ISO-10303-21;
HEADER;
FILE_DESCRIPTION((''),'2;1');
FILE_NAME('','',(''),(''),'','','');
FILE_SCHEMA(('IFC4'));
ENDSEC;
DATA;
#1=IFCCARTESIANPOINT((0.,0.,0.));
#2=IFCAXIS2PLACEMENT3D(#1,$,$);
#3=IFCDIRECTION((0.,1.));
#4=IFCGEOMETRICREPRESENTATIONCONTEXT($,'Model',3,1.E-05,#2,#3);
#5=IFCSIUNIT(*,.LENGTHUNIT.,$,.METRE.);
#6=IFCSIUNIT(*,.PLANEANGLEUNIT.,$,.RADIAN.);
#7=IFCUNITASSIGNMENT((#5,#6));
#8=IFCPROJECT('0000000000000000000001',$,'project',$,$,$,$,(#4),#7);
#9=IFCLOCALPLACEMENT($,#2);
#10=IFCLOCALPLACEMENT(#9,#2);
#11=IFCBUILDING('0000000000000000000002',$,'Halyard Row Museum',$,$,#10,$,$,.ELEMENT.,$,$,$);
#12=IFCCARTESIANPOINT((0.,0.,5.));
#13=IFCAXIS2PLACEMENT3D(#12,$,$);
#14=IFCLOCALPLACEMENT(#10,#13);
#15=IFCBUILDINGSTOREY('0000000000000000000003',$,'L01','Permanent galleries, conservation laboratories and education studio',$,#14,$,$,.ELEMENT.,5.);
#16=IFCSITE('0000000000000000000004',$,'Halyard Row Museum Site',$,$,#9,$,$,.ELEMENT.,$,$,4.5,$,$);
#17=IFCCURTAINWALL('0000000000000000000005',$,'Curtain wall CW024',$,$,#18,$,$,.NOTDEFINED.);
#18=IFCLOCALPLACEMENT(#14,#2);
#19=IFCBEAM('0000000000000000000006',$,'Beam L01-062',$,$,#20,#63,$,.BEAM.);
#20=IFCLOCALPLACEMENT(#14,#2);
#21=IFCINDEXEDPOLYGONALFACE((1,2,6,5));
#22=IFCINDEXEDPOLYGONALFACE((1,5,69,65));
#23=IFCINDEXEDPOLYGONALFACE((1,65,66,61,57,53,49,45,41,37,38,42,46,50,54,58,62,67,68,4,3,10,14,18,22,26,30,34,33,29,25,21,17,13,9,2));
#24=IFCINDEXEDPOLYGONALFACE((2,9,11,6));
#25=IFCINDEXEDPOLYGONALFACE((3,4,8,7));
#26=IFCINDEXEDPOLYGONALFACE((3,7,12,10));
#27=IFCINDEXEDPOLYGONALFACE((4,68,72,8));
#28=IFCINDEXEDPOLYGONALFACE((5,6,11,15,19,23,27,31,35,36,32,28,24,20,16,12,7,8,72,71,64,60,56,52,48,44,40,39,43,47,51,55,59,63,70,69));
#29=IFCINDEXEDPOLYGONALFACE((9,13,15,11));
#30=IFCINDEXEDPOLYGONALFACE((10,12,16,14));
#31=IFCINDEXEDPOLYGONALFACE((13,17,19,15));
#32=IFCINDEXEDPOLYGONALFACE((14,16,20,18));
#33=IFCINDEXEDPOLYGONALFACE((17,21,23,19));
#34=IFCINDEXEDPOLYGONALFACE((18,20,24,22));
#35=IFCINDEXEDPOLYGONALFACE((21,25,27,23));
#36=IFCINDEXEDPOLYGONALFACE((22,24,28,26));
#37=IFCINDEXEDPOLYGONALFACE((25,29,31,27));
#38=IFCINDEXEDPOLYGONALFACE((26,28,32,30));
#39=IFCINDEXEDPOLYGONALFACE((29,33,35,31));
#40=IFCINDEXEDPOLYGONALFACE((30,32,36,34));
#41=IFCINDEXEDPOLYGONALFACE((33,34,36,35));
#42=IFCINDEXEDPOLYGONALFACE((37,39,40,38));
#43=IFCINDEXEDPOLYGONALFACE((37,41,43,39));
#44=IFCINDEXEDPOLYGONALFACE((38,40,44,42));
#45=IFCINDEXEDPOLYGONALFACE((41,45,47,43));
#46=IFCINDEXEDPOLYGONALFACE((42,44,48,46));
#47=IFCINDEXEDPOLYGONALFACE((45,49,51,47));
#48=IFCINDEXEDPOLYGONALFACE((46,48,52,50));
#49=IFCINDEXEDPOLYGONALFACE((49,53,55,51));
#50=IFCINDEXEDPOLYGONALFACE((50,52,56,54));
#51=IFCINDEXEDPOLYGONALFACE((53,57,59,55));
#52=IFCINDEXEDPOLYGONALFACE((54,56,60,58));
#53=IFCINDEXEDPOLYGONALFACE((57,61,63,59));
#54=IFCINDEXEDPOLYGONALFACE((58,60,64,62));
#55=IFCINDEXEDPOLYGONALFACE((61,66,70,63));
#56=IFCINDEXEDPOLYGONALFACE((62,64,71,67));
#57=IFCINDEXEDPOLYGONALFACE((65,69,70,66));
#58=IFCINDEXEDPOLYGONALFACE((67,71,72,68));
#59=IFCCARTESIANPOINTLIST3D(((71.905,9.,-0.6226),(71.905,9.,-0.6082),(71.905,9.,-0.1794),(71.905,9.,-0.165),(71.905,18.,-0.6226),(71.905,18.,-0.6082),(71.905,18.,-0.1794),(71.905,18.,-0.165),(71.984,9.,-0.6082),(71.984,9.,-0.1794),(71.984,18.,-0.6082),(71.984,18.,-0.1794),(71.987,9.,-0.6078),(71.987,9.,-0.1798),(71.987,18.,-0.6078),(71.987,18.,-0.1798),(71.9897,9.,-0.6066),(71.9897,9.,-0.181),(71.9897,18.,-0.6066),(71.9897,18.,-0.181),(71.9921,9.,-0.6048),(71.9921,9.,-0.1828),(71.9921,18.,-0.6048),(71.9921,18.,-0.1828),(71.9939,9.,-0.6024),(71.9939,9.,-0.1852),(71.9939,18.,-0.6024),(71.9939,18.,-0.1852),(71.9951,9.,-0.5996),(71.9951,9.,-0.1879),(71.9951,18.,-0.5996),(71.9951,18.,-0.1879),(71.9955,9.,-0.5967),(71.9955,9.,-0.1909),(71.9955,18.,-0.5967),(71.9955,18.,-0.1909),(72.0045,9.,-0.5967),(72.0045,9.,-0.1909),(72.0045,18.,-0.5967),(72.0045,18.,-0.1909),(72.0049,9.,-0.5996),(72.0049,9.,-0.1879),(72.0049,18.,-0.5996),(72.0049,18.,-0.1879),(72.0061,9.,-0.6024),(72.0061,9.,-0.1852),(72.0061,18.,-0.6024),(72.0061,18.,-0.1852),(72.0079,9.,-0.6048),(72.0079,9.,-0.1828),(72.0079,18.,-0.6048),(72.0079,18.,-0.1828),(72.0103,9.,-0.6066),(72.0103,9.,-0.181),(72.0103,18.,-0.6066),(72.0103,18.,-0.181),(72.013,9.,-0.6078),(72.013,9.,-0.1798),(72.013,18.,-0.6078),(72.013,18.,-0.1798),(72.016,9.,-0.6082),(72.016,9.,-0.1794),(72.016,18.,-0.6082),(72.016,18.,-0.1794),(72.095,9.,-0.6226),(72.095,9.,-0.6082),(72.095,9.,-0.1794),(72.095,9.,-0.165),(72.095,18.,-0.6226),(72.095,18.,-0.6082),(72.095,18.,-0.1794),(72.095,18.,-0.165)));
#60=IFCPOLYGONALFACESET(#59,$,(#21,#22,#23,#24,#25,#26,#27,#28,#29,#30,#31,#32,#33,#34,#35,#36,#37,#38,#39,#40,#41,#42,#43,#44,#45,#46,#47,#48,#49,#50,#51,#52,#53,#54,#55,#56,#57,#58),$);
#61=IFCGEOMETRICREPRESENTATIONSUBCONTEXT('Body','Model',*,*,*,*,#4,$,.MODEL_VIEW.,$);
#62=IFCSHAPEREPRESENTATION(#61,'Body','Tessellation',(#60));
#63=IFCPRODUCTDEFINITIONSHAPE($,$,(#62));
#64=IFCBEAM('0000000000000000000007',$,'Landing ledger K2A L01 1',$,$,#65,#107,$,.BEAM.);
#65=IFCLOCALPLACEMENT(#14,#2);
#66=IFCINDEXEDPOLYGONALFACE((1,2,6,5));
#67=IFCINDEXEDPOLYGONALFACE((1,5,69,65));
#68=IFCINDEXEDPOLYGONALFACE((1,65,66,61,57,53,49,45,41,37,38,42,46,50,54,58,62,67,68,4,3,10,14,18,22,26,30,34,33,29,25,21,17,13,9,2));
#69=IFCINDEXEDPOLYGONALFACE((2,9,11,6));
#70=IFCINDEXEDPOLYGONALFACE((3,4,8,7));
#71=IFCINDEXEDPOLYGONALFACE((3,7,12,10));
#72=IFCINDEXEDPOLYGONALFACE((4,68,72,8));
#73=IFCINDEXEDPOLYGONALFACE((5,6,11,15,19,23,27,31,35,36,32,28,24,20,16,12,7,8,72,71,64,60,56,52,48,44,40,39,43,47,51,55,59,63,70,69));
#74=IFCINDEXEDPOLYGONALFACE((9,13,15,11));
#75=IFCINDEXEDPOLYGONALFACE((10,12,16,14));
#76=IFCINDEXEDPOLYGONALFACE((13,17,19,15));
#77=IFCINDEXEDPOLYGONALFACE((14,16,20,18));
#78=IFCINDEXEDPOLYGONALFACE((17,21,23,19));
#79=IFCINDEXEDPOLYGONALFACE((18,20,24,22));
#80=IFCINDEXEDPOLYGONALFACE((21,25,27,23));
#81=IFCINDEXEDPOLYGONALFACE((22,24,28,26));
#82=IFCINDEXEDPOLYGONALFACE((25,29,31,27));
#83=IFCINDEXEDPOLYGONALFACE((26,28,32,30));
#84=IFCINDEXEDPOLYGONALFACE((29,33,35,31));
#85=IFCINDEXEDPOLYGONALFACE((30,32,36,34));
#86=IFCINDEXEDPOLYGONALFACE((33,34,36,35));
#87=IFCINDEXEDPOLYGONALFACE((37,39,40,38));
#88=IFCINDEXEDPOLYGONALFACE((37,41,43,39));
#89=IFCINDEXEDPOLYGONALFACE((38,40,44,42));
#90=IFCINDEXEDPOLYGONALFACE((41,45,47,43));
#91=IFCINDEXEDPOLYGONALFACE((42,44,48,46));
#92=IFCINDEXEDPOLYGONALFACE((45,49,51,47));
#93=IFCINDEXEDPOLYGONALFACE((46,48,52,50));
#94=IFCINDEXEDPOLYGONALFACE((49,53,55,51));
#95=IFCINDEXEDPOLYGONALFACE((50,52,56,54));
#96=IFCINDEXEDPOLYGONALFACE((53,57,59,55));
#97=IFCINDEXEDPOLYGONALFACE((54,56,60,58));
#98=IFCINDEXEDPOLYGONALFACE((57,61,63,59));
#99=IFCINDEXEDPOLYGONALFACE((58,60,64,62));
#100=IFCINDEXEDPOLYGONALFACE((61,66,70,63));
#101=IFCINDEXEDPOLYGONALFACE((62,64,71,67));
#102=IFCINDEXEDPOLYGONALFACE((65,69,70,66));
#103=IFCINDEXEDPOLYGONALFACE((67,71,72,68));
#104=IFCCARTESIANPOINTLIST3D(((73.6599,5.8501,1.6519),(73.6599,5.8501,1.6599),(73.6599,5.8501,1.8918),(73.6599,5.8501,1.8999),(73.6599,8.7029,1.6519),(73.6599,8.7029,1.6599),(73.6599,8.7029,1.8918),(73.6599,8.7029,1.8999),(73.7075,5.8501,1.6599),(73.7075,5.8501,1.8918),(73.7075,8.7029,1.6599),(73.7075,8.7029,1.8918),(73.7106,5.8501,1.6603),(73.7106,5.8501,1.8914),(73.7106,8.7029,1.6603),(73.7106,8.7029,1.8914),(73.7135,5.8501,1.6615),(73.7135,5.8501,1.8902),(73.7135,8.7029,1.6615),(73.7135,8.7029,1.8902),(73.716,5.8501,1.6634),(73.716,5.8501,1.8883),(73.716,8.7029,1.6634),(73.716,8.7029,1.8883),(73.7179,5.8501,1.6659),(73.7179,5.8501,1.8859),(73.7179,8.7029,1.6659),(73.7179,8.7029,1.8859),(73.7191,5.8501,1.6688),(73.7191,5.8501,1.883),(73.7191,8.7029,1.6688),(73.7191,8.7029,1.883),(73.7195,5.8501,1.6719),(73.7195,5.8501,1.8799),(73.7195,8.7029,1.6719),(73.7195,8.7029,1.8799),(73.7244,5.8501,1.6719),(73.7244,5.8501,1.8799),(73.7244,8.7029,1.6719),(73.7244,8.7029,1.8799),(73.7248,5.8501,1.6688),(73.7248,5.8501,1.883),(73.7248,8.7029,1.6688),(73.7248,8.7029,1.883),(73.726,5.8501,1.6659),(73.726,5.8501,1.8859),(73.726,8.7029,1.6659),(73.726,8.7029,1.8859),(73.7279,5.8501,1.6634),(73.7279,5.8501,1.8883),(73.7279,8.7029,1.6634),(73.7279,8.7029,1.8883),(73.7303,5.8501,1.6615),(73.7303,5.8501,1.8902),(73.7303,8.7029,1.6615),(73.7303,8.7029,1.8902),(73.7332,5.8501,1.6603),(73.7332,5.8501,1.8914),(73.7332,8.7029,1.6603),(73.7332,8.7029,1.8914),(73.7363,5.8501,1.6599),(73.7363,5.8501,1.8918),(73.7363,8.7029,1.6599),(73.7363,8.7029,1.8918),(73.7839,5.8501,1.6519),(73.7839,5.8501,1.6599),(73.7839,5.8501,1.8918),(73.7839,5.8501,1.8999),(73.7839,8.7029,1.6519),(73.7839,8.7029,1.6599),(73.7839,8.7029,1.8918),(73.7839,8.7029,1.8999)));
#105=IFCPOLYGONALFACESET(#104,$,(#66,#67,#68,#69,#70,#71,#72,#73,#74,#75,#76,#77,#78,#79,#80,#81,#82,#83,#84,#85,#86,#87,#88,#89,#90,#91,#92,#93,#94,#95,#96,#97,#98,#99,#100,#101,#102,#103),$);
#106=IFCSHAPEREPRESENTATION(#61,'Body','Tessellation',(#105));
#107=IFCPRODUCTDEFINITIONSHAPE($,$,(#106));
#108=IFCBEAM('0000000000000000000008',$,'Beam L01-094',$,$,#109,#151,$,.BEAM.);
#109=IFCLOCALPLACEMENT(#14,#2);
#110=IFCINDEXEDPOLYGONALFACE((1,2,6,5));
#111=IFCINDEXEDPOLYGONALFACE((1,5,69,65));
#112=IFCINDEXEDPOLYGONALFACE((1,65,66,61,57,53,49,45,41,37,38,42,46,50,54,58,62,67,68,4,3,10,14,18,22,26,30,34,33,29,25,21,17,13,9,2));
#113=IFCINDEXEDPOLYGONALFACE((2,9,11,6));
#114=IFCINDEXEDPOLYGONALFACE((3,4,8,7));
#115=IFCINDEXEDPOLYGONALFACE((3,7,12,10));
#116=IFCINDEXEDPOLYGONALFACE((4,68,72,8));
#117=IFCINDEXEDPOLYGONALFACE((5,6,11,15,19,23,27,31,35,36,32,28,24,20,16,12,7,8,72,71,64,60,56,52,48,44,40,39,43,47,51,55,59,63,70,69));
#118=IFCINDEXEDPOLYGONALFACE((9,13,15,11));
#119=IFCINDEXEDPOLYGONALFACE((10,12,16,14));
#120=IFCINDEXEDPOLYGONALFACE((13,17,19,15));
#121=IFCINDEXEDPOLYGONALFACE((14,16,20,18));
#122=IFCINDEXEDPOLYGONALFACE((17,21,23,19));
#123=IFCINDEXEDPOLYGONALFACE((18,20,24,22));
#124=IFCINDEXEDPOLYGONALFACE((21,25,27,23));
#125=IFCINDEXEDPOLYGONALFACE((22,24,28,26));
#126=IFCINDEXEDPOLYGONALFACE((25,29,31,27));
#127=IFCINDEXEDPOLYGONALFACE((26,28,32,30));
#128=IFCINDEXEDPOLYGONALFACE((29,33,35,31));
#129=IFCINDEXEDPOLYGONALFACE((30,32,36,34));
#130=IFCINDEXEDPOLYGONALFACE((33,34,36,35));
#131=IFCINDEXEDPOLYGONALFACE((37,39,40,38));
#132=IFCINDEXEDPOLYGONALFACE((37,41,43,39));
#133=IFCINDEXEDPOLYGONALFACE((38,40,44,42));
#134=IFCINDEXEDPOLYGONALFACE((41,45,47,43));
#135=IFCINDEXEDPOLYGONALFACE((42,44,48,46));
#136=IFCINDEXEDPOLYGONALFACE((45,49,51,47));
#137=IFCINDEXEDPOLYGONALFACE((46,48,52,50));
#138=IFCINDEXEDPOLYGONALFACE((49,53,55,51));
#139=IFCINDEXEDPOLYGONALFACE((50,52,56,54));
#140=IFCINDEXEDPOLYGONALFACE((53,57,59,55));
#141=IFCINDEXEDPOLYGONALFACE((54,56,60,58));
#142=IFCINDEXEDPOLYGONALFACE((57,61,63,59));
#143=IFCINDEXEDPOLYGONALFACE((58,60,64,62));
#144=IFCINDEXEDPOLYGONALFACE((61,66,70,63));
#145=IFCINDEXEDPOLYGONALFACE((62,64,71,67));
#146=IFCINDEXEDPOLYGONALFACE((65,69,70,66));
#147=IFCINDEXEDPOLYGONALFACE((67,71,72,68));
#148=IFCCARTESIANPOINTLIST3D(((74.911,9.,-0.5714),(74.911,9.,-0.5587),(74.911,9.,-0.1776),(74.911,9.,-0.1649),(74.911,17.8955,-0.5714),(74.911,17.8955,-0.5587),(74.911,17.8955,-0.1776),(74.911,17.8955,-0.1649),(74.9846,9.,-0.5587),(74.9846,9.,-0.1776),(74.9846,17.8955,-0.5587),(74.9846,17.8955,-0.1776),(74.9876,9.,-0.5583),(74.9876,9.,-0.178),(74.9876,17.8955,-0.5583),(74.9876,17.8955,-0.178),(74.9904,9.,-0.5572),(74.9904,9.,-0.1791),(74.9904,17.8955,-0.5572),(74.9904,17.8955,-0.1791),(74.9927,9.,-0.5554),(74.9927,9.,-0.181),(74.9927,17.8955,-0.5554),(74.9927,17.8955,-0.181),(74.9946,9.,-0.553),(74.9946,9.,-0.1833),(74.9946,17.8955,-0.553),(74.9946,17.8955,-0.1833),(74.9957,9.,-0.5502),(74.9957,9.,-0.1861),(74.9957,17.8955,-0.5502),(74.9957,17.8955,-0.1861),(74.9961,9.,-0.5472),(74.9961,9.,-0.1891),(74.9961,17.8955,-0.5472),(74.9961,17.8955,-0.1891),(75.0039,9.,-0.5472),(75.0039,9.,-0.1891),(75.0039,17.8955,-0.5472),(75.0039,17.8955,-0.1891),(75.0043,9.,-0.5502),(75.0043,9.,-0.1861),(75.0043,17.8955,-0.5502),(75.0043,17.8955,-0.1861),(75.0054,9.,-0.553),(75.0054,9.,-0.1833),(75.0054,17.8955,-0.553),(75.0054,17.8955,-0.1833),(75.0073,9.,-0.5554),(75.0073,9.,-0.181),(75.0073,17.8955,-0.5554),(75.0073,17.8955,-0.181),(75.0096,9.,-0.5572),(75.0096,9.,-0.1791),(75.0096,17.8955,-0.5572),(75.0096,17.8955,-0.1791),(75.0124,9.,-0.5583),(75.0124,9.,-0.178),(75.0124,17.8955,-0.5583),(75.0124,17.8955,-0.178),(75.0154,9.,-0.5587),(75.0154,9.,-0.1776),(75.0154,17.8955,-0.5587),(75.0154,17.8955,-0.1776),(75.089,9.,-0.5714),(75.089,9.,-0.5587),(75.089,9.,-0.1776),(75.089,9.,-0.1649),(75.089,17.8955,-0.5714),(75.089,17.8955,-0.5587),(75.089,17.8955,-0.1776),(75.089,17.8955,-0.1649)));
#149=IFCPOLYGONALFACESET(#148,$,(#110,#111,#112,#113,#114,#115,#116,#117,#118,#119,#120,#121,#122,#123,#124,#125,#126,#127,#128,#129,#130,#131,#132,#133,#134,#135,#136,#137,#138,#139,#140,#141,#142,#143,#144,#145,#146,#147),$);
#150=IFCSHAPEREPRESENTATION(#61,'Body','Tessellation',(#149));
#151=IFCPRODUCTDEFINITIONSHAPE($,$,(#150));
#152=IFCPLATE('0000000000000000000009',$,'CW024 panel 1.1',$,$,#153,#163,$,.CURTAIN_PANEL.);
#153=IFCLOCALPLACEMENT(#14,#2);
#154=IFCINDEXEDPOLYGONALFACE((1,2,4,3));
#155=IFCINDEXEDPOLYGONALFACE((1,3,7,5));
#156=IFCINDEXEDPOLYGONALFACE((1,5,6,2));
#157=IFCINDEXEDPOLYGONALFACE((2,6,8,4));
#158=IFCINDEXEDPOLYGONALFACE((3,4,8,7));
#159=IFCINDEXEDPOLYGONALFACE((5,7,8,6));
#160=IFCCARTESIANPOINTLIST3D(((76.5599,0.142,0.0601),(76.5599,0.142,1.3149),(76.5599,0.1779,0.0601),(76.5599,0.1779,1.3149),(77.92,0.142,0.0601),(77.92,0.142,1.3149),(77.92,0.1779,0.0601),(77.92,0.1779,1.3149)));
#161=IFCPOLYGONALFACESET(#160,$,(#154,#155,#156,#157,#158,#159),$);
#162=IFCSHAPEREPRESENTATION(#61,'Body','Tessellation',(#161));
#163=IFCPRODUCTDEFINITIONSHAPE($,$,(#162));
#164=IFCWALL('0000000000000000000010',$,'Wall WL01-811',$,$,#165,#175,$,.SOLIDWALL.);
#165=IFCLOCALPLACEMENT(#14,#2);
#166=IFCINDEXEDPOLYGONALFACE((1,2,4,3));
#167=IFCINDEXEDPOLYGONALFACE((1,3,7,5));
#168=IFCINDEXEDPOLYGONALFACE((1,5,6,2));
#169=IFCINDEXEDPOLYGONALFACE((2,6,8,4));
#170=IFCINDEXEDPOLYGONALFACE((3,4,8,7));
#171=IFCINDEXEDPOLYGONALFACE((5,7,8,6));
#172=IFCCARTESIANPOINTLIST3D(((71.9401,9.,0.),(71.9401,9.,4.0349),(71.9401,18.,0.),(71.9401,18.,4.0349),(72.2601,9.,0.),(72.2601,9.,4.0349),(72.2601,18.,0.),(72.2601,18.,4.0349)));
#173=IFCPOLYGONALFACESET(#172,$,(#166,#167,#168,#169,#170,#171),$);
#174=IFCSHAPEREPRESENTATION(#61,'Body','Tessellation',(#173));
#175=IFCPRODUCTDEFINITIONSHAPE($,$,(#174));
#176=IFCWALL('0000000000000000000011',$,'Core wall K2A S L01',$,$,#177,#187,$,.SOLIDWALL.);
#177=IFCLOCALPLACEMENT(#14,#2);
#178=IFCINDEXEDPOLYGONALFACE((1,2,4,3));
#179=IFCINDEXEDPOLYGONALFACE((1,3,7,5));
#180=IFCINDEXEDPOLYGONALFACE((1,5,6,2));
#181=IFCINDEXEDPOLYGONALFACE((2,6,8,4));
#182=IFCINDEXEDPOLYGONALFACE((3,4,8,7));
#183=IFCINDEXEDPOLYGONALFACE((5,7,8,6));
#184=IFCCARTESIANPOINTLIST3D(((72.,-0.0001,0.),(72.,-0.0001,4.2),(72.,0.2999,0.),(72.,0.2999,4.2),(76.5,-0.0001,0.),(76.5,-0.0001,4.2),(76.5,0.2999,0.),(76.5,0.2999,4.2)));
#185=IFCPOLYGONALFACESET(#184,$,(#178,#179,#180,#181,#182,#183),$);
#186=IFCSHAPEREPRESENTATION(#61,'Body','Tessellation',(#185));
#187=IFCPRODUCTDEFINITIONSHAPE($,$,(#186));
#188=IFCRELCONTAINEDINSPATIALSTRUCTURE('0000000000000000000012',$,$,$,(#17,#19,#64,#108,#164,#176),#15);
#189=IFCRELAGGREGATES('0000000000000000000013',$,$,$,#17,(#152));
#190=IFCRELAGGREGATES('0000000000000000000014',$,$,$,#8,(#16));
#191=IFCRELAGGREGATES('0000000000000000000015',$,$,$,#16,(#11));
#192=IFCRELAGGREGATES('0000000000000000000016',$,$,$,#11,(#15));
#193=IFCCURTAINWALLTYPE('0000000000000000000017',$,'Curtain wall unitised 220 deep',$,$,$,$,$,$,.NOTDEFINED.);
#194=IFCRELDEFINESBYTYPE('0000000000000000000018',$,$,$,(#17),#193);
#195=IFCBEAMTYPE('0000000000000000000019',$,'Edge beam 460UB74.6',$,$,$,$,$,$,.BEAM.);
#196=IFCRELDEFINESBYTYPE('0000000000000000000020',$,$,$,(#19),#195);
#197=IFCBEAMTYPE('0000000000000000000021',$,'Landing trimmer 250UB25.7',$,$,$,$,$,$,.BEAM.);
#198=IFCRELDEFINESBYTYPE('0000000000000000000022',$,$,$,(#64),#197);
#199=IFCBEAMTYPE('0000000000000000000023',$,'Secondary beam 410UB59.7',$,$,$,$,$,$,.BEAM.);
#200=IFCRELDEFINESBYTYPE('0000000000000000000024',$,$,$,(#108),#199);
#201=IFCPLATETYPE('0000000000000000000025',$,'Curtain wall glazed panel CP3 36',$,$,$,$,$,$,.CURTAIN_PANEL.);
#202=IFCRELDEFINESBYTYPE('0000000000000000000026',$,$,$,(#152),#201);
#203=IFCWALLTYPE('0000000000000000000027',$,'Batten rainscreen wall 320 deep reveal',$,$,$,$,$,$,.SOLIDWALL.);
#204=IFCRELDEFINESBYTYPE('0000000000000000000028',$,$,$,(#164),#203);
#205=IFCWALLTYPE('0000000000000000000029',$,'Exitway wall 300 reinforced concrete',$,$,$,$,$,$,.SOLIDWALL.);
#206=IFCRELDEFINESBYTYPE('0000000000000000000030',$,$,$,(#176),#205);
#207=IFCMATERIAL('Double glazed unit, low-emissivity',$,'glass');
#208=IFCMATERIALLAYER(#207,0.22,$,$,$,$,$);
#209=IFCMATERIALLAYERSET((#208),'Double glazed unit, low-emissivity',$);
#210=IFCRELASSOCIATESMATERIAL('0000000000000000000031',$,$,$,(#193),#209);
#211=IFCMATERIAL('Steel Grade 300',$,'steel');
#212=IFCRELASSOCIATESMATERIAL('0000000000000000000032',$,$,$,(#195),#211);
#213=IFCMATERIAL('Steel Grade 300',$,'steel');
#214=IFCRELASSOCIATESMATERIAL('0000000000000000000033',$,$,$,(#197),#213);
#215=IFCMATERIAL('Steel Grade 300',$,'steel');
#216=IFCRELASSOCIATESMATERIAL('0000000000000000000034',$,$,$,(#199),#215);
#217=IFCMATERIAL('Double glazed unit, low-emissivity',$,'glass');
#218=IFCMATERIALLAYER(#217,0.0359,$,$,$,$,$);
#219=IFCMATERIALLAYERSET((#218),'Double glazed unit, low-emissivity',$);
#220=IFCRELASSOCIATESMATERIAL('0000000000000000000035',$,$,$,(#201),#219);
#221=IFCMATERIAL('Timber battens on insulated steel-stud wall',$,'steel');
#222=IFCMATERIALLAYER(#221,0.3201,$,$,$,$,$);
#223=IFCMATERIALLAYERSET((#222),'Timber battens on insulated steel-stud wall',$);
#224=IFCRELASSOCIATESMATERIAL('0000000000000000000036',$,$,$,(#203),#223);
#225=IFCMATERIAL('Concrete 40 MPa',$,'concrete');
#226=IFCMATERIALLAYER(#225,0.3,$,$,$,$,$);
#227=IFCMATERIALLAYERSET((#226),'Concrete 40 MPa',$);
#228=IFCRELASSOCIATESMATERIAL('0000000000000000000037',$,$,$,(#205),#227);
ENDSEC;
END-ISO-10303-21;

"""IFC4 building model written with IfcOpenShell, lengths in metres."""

from ifc_helpers import new_model, si_unit, direction, frame, frame_2d, origin, origin_2d, place, context, subcontext, project, spatial, rectangle, i_section, extrude, material, layer, layer_set, material_profile, profile_set, type_object, element, aggregate, save


model = new_model("IFC4")

# Units and contexts
model_context = context("Model", 3, precision=1e-05, world=origin(), true_north=direction((0.0, 1.0)))
body_context = subcontext(model_context, "Body", "Model", "MODEL_VIEW")
ifc_project = project(units=[si_unit("LENGTHUNIT", "METRE"), si_unit("PLANEANGLEUNIT", "RADIAN")], contexts=[model_context])

# Site, building, storey
site_placement = place(None, origin())
site = spatial("IfcSite", under=ifc_project, at=site_placement, Name="Halyard Row Museum Site", CompositionType="ELEMENT", RefElevation=4.5)
building_placement = place(site_placement, origin())
building = spatial("IfcBuilding", under=site, at=building_placement, Name="Halyard Row Museum", CompositionType="ELEMENT")
storey_placement = place(building_placement, frame((0.0, 0.0, 5.0)))
storey = spatial("IfcBuildingStorey", under=building, at=storey_placement, Name="L01", Description="Permanent galleries, conservation laboratories and education studio", CompositionType="ELEMENT", Elevation=5.0)

# Curtain wall
ifc_material_1 = material(Name="Double glazed unit, low-emissivity", Category="glass")
ifc_layer_1 = layer(ifc_material_1, 0.22)
ifc_layer_set_1 = layer_set([ifc_layer_1], Name="Double glazed unit, low-emissivity")
curtain_wall_type = type_object("IfcCurtainWallType", Name="Curtain wall unitised 220 deep", PredefinedType="NOTDEFINED", material=ifc_layer_set_1)
curtain_wall_placement = place(storey_placement, origin())
curtain_wall = element("IfcCurtainWall", 1, at=curtain_wall_placement, inside=storey, type_object=curtain_wall_type, Name="Curtain wall CW024", PredefinedType="NOTDEFINED")

# Beams
ifc_material_2 = material(Name="Steel Grade 300", Category="steel")
ifc_material_profile_1 = material_profile(ifc_material_2, i_section(OverallWidth=0.1899, OverallDepth=0.4575, WebThickness=0.009, FlangeThickness=0.0144, FilletRadius=0.0115, at=origin_2d()), Name="460UB74.6")
ifc_profile_set_1 = profile_set([ifc_material_profile_1], Name="Steel Grade 300")
beam_type_1 = type_object("IfcBeamType", Name="Edge beam 460UB74.6", PredefinedType="BEAM", material=ifc_profile_set_1)
beam_1_placement = place(storey_placement, frame((72.0, 9.0, -0.3938), z_axis=(0.0, 1.0, 0.0), x_axis=(-1.0, 0.0, 0.0)))
element("IfcBeam", 2, at=beam_1_placement, inside=storey, type_object=beam_type_1, Name="Beam L01-062", PredefinedType="BEAM", context=body_context, shape_type="SweptSolid", body=[
    extrude(i_section(OverallWidth=0.1899, OverallDepth=0.4575, WebThickness=0.009, FlangeThickness=0.0144, FilletRadius=0.0115, at=origin_2d()), origin(), (0.0, 0.0, 1.0), 9.0),
])
ifc_material_3 = material(Name="Steel Grade 300", Category="steel")
ifc_material_profile_2 = material_profile(ifc_material_3, i_section(OverallWidth=0.124, OverallDepth=0.248, WebThickness=0.0049, FlangeThickness=0.0081, FilletRadius=0.012, at=origin_2d()), Name="250UB25.7")
ifc_profile_set_2 = profile_set([ifc_material_profile_2], Name="Steel Grade 300")
beam_type_2 = type_object("IfcBeamType", Name="Landing trimmer 250UB25.7", PredefinedType="BEAM", material=ifc_profile_set_2)
beam_2_placement = place(storey_placement, frame((73.7219, 8.7029, 1.7759), z_axis=(0.0, -1.0, 0.0), x_axis=(1.0, 0.0, 0.0)))
element("IfcBeam", 3, at=beam_2_placement, inside=storey, type_object=beam_type_2, Name="Landing ledger K2A L01 1", PredefinedType="BEAM", context=body_context, shape_type="SweptSolid", body=[
    extrude(i_section(OverallWidth=0.124, OverallDepth=0.248, WebThickness=0.0049, FlangeThickness=0.0081, FilletRadius=0.012, at=origin_2d()), origin(), (0.0, 0.0, 1.0), 2.8528),
])
ifc_material_4 = material(Name="Steel Grade 300", Category="steel")
ifc_material_profile_3 = material_profile(ifc_material_4, i_section(OverallWidth=0.178, OverallDepth=0.4065, WebThickness=0.0078, FlangeThickness=0.0127, FilletRadius=0.0115, at=origin_2d()), Name="410UB59.7")
ifc_profile_set_3 = profile_set([ifc_material_profile_3], Name="Steel Grade 300")
beam_type_3 = type_object("IfcBeamType", Name="Secondary beam 410UB59.7", PredefinedType="BEAM", material=ifc_profile_set_3)
beam_3_placement = place(storey_placement, frame((75.0, 9.0, -0.3682), z_axis=(0.0, 1.0, 0.0), x_axis=(-1.0, 0.0, 0.0)))
element("IfcBeam", 4, at=beam_3_placement, inside=storey, type_object=beam_type_3, Name="Beam L01-094", PredefinedType="BEAM", context=body_context, shape_type="SweptSolid", body=[
    extrude(i_section(OverallWidth=0.178, OverallDepth=0.4065, WebThickness=0.0078, FlangeThickness=0.0127, FilletRadius=0.0115, at=origin_2d()), origin(), (0.0, 0.0, 1.0), 8.8955),
])

# Plate
ifc_material_5 = material(Name="Double glazed unit, low-emissivity", Category="glass")
ifc_layer_2 = layer(ifc_material_5, 0.0359)
ifc_layer_set_2 = layer_set([ifc_layer_2], Name="Double glazed unit, low-emissivity")
plate_type = type_object("IfcPlateType", Name="Curtain wall glazed panel CP3 36", PredefinedType="CURTAIN_PANEL", material=ifc_layer_set_2)
plate_placement = place(storey_placement, frame((77.24, 0.1599, 0.0601), z_axis=(0.0, 0.0, 1.0), x_axis=(1.0, 0.0, 0.0)))
plate = element("IfcPlate", 5, at=plate_placement, type_object=plate_type, Name="CW024 panel 1.1", PredefinedType="CURTAIN_PANEL", context=body_context, shape_type="SweptSolid", body=[
    extrude(rectangle(XDim=1.3601, YDim=0.0359, at=origin_2d()), origin(), (0.0, 0.0, 1.0), 1.2549),
])
aggregate(curtain_wall, [plate])

# Walls
ifc_material_6 = material(Name="Timber battens on insulated steel-stud wall", Category="steel")
ifc_layer_3 = layer(ifc_material_6, 0.3201)
ifc_layer_set_3 = layer_set([ifc_layer_3], Name="Timber battens on insulated steel-stud wall")
wall_type_1 = type_object("IfcWallType", Name="Batten rainscreen wall 320 deep reveal", PredefinedType="SOLIDWALL", material=ifc_layer_set_3)
wall_1_placement = place(storey_placement, frame((72.1001, 9.0, 0.0), z_axis=(0.0, 0.0, 1.0), x_axis=(0.0, 1.0, 0.0)))
element("IfcWall", 6, at=wall_1_placement, inside=storey, type_object=wall_type_1, Name="Wall WL01-811", PredefinedType="SOLIDWALL", context=body_context, shape_type="SweptSolid", body=[
    extrude(rectangle(XDim=9.0, YDim=0.3201, at=frame_2d((4.5, 0.0))), origin(), (0.0, 0.0, 1.0), 4.0349),
])
ifc_material_7 = material(Name="Concrete 40 MPa", Category="concrete")
ifc_layer_4 = layer(ifc_material_7, 0.3)
ifc_layer_set_4 = layer_set([ifc_layer_4], Name="Concrete 40 MPa")
wall_type_2 = type_object("IfcWallType", Name="Exitway wall 300 reinforced concrete", PredefinedType="SOLIDWALL", material=ifc_layer_set_4)
wall_2_placement = place(storey_placement, frame((72.0, 0.1499, 0.0), z_axis=(0.0, 0.0, 1.0), x_axis=(1.0, 0.0, 0.0)))
element("IfcWall", 7, at=wall_2_placement, inside=storey, type_object=wall_type_2, Name="Core wall K2A S L01", PredefinedType="SOLIDWALL", context=body_context, shape_type="SweptSolid", body=[
    extrude(rectangle(XDim=4.5, YDim=0.3, at=frame_2d((2.25, 0.0))), origin(), (0.0, 0.0, 1.0), 4.2),
])

save(model, "model.ifc")
